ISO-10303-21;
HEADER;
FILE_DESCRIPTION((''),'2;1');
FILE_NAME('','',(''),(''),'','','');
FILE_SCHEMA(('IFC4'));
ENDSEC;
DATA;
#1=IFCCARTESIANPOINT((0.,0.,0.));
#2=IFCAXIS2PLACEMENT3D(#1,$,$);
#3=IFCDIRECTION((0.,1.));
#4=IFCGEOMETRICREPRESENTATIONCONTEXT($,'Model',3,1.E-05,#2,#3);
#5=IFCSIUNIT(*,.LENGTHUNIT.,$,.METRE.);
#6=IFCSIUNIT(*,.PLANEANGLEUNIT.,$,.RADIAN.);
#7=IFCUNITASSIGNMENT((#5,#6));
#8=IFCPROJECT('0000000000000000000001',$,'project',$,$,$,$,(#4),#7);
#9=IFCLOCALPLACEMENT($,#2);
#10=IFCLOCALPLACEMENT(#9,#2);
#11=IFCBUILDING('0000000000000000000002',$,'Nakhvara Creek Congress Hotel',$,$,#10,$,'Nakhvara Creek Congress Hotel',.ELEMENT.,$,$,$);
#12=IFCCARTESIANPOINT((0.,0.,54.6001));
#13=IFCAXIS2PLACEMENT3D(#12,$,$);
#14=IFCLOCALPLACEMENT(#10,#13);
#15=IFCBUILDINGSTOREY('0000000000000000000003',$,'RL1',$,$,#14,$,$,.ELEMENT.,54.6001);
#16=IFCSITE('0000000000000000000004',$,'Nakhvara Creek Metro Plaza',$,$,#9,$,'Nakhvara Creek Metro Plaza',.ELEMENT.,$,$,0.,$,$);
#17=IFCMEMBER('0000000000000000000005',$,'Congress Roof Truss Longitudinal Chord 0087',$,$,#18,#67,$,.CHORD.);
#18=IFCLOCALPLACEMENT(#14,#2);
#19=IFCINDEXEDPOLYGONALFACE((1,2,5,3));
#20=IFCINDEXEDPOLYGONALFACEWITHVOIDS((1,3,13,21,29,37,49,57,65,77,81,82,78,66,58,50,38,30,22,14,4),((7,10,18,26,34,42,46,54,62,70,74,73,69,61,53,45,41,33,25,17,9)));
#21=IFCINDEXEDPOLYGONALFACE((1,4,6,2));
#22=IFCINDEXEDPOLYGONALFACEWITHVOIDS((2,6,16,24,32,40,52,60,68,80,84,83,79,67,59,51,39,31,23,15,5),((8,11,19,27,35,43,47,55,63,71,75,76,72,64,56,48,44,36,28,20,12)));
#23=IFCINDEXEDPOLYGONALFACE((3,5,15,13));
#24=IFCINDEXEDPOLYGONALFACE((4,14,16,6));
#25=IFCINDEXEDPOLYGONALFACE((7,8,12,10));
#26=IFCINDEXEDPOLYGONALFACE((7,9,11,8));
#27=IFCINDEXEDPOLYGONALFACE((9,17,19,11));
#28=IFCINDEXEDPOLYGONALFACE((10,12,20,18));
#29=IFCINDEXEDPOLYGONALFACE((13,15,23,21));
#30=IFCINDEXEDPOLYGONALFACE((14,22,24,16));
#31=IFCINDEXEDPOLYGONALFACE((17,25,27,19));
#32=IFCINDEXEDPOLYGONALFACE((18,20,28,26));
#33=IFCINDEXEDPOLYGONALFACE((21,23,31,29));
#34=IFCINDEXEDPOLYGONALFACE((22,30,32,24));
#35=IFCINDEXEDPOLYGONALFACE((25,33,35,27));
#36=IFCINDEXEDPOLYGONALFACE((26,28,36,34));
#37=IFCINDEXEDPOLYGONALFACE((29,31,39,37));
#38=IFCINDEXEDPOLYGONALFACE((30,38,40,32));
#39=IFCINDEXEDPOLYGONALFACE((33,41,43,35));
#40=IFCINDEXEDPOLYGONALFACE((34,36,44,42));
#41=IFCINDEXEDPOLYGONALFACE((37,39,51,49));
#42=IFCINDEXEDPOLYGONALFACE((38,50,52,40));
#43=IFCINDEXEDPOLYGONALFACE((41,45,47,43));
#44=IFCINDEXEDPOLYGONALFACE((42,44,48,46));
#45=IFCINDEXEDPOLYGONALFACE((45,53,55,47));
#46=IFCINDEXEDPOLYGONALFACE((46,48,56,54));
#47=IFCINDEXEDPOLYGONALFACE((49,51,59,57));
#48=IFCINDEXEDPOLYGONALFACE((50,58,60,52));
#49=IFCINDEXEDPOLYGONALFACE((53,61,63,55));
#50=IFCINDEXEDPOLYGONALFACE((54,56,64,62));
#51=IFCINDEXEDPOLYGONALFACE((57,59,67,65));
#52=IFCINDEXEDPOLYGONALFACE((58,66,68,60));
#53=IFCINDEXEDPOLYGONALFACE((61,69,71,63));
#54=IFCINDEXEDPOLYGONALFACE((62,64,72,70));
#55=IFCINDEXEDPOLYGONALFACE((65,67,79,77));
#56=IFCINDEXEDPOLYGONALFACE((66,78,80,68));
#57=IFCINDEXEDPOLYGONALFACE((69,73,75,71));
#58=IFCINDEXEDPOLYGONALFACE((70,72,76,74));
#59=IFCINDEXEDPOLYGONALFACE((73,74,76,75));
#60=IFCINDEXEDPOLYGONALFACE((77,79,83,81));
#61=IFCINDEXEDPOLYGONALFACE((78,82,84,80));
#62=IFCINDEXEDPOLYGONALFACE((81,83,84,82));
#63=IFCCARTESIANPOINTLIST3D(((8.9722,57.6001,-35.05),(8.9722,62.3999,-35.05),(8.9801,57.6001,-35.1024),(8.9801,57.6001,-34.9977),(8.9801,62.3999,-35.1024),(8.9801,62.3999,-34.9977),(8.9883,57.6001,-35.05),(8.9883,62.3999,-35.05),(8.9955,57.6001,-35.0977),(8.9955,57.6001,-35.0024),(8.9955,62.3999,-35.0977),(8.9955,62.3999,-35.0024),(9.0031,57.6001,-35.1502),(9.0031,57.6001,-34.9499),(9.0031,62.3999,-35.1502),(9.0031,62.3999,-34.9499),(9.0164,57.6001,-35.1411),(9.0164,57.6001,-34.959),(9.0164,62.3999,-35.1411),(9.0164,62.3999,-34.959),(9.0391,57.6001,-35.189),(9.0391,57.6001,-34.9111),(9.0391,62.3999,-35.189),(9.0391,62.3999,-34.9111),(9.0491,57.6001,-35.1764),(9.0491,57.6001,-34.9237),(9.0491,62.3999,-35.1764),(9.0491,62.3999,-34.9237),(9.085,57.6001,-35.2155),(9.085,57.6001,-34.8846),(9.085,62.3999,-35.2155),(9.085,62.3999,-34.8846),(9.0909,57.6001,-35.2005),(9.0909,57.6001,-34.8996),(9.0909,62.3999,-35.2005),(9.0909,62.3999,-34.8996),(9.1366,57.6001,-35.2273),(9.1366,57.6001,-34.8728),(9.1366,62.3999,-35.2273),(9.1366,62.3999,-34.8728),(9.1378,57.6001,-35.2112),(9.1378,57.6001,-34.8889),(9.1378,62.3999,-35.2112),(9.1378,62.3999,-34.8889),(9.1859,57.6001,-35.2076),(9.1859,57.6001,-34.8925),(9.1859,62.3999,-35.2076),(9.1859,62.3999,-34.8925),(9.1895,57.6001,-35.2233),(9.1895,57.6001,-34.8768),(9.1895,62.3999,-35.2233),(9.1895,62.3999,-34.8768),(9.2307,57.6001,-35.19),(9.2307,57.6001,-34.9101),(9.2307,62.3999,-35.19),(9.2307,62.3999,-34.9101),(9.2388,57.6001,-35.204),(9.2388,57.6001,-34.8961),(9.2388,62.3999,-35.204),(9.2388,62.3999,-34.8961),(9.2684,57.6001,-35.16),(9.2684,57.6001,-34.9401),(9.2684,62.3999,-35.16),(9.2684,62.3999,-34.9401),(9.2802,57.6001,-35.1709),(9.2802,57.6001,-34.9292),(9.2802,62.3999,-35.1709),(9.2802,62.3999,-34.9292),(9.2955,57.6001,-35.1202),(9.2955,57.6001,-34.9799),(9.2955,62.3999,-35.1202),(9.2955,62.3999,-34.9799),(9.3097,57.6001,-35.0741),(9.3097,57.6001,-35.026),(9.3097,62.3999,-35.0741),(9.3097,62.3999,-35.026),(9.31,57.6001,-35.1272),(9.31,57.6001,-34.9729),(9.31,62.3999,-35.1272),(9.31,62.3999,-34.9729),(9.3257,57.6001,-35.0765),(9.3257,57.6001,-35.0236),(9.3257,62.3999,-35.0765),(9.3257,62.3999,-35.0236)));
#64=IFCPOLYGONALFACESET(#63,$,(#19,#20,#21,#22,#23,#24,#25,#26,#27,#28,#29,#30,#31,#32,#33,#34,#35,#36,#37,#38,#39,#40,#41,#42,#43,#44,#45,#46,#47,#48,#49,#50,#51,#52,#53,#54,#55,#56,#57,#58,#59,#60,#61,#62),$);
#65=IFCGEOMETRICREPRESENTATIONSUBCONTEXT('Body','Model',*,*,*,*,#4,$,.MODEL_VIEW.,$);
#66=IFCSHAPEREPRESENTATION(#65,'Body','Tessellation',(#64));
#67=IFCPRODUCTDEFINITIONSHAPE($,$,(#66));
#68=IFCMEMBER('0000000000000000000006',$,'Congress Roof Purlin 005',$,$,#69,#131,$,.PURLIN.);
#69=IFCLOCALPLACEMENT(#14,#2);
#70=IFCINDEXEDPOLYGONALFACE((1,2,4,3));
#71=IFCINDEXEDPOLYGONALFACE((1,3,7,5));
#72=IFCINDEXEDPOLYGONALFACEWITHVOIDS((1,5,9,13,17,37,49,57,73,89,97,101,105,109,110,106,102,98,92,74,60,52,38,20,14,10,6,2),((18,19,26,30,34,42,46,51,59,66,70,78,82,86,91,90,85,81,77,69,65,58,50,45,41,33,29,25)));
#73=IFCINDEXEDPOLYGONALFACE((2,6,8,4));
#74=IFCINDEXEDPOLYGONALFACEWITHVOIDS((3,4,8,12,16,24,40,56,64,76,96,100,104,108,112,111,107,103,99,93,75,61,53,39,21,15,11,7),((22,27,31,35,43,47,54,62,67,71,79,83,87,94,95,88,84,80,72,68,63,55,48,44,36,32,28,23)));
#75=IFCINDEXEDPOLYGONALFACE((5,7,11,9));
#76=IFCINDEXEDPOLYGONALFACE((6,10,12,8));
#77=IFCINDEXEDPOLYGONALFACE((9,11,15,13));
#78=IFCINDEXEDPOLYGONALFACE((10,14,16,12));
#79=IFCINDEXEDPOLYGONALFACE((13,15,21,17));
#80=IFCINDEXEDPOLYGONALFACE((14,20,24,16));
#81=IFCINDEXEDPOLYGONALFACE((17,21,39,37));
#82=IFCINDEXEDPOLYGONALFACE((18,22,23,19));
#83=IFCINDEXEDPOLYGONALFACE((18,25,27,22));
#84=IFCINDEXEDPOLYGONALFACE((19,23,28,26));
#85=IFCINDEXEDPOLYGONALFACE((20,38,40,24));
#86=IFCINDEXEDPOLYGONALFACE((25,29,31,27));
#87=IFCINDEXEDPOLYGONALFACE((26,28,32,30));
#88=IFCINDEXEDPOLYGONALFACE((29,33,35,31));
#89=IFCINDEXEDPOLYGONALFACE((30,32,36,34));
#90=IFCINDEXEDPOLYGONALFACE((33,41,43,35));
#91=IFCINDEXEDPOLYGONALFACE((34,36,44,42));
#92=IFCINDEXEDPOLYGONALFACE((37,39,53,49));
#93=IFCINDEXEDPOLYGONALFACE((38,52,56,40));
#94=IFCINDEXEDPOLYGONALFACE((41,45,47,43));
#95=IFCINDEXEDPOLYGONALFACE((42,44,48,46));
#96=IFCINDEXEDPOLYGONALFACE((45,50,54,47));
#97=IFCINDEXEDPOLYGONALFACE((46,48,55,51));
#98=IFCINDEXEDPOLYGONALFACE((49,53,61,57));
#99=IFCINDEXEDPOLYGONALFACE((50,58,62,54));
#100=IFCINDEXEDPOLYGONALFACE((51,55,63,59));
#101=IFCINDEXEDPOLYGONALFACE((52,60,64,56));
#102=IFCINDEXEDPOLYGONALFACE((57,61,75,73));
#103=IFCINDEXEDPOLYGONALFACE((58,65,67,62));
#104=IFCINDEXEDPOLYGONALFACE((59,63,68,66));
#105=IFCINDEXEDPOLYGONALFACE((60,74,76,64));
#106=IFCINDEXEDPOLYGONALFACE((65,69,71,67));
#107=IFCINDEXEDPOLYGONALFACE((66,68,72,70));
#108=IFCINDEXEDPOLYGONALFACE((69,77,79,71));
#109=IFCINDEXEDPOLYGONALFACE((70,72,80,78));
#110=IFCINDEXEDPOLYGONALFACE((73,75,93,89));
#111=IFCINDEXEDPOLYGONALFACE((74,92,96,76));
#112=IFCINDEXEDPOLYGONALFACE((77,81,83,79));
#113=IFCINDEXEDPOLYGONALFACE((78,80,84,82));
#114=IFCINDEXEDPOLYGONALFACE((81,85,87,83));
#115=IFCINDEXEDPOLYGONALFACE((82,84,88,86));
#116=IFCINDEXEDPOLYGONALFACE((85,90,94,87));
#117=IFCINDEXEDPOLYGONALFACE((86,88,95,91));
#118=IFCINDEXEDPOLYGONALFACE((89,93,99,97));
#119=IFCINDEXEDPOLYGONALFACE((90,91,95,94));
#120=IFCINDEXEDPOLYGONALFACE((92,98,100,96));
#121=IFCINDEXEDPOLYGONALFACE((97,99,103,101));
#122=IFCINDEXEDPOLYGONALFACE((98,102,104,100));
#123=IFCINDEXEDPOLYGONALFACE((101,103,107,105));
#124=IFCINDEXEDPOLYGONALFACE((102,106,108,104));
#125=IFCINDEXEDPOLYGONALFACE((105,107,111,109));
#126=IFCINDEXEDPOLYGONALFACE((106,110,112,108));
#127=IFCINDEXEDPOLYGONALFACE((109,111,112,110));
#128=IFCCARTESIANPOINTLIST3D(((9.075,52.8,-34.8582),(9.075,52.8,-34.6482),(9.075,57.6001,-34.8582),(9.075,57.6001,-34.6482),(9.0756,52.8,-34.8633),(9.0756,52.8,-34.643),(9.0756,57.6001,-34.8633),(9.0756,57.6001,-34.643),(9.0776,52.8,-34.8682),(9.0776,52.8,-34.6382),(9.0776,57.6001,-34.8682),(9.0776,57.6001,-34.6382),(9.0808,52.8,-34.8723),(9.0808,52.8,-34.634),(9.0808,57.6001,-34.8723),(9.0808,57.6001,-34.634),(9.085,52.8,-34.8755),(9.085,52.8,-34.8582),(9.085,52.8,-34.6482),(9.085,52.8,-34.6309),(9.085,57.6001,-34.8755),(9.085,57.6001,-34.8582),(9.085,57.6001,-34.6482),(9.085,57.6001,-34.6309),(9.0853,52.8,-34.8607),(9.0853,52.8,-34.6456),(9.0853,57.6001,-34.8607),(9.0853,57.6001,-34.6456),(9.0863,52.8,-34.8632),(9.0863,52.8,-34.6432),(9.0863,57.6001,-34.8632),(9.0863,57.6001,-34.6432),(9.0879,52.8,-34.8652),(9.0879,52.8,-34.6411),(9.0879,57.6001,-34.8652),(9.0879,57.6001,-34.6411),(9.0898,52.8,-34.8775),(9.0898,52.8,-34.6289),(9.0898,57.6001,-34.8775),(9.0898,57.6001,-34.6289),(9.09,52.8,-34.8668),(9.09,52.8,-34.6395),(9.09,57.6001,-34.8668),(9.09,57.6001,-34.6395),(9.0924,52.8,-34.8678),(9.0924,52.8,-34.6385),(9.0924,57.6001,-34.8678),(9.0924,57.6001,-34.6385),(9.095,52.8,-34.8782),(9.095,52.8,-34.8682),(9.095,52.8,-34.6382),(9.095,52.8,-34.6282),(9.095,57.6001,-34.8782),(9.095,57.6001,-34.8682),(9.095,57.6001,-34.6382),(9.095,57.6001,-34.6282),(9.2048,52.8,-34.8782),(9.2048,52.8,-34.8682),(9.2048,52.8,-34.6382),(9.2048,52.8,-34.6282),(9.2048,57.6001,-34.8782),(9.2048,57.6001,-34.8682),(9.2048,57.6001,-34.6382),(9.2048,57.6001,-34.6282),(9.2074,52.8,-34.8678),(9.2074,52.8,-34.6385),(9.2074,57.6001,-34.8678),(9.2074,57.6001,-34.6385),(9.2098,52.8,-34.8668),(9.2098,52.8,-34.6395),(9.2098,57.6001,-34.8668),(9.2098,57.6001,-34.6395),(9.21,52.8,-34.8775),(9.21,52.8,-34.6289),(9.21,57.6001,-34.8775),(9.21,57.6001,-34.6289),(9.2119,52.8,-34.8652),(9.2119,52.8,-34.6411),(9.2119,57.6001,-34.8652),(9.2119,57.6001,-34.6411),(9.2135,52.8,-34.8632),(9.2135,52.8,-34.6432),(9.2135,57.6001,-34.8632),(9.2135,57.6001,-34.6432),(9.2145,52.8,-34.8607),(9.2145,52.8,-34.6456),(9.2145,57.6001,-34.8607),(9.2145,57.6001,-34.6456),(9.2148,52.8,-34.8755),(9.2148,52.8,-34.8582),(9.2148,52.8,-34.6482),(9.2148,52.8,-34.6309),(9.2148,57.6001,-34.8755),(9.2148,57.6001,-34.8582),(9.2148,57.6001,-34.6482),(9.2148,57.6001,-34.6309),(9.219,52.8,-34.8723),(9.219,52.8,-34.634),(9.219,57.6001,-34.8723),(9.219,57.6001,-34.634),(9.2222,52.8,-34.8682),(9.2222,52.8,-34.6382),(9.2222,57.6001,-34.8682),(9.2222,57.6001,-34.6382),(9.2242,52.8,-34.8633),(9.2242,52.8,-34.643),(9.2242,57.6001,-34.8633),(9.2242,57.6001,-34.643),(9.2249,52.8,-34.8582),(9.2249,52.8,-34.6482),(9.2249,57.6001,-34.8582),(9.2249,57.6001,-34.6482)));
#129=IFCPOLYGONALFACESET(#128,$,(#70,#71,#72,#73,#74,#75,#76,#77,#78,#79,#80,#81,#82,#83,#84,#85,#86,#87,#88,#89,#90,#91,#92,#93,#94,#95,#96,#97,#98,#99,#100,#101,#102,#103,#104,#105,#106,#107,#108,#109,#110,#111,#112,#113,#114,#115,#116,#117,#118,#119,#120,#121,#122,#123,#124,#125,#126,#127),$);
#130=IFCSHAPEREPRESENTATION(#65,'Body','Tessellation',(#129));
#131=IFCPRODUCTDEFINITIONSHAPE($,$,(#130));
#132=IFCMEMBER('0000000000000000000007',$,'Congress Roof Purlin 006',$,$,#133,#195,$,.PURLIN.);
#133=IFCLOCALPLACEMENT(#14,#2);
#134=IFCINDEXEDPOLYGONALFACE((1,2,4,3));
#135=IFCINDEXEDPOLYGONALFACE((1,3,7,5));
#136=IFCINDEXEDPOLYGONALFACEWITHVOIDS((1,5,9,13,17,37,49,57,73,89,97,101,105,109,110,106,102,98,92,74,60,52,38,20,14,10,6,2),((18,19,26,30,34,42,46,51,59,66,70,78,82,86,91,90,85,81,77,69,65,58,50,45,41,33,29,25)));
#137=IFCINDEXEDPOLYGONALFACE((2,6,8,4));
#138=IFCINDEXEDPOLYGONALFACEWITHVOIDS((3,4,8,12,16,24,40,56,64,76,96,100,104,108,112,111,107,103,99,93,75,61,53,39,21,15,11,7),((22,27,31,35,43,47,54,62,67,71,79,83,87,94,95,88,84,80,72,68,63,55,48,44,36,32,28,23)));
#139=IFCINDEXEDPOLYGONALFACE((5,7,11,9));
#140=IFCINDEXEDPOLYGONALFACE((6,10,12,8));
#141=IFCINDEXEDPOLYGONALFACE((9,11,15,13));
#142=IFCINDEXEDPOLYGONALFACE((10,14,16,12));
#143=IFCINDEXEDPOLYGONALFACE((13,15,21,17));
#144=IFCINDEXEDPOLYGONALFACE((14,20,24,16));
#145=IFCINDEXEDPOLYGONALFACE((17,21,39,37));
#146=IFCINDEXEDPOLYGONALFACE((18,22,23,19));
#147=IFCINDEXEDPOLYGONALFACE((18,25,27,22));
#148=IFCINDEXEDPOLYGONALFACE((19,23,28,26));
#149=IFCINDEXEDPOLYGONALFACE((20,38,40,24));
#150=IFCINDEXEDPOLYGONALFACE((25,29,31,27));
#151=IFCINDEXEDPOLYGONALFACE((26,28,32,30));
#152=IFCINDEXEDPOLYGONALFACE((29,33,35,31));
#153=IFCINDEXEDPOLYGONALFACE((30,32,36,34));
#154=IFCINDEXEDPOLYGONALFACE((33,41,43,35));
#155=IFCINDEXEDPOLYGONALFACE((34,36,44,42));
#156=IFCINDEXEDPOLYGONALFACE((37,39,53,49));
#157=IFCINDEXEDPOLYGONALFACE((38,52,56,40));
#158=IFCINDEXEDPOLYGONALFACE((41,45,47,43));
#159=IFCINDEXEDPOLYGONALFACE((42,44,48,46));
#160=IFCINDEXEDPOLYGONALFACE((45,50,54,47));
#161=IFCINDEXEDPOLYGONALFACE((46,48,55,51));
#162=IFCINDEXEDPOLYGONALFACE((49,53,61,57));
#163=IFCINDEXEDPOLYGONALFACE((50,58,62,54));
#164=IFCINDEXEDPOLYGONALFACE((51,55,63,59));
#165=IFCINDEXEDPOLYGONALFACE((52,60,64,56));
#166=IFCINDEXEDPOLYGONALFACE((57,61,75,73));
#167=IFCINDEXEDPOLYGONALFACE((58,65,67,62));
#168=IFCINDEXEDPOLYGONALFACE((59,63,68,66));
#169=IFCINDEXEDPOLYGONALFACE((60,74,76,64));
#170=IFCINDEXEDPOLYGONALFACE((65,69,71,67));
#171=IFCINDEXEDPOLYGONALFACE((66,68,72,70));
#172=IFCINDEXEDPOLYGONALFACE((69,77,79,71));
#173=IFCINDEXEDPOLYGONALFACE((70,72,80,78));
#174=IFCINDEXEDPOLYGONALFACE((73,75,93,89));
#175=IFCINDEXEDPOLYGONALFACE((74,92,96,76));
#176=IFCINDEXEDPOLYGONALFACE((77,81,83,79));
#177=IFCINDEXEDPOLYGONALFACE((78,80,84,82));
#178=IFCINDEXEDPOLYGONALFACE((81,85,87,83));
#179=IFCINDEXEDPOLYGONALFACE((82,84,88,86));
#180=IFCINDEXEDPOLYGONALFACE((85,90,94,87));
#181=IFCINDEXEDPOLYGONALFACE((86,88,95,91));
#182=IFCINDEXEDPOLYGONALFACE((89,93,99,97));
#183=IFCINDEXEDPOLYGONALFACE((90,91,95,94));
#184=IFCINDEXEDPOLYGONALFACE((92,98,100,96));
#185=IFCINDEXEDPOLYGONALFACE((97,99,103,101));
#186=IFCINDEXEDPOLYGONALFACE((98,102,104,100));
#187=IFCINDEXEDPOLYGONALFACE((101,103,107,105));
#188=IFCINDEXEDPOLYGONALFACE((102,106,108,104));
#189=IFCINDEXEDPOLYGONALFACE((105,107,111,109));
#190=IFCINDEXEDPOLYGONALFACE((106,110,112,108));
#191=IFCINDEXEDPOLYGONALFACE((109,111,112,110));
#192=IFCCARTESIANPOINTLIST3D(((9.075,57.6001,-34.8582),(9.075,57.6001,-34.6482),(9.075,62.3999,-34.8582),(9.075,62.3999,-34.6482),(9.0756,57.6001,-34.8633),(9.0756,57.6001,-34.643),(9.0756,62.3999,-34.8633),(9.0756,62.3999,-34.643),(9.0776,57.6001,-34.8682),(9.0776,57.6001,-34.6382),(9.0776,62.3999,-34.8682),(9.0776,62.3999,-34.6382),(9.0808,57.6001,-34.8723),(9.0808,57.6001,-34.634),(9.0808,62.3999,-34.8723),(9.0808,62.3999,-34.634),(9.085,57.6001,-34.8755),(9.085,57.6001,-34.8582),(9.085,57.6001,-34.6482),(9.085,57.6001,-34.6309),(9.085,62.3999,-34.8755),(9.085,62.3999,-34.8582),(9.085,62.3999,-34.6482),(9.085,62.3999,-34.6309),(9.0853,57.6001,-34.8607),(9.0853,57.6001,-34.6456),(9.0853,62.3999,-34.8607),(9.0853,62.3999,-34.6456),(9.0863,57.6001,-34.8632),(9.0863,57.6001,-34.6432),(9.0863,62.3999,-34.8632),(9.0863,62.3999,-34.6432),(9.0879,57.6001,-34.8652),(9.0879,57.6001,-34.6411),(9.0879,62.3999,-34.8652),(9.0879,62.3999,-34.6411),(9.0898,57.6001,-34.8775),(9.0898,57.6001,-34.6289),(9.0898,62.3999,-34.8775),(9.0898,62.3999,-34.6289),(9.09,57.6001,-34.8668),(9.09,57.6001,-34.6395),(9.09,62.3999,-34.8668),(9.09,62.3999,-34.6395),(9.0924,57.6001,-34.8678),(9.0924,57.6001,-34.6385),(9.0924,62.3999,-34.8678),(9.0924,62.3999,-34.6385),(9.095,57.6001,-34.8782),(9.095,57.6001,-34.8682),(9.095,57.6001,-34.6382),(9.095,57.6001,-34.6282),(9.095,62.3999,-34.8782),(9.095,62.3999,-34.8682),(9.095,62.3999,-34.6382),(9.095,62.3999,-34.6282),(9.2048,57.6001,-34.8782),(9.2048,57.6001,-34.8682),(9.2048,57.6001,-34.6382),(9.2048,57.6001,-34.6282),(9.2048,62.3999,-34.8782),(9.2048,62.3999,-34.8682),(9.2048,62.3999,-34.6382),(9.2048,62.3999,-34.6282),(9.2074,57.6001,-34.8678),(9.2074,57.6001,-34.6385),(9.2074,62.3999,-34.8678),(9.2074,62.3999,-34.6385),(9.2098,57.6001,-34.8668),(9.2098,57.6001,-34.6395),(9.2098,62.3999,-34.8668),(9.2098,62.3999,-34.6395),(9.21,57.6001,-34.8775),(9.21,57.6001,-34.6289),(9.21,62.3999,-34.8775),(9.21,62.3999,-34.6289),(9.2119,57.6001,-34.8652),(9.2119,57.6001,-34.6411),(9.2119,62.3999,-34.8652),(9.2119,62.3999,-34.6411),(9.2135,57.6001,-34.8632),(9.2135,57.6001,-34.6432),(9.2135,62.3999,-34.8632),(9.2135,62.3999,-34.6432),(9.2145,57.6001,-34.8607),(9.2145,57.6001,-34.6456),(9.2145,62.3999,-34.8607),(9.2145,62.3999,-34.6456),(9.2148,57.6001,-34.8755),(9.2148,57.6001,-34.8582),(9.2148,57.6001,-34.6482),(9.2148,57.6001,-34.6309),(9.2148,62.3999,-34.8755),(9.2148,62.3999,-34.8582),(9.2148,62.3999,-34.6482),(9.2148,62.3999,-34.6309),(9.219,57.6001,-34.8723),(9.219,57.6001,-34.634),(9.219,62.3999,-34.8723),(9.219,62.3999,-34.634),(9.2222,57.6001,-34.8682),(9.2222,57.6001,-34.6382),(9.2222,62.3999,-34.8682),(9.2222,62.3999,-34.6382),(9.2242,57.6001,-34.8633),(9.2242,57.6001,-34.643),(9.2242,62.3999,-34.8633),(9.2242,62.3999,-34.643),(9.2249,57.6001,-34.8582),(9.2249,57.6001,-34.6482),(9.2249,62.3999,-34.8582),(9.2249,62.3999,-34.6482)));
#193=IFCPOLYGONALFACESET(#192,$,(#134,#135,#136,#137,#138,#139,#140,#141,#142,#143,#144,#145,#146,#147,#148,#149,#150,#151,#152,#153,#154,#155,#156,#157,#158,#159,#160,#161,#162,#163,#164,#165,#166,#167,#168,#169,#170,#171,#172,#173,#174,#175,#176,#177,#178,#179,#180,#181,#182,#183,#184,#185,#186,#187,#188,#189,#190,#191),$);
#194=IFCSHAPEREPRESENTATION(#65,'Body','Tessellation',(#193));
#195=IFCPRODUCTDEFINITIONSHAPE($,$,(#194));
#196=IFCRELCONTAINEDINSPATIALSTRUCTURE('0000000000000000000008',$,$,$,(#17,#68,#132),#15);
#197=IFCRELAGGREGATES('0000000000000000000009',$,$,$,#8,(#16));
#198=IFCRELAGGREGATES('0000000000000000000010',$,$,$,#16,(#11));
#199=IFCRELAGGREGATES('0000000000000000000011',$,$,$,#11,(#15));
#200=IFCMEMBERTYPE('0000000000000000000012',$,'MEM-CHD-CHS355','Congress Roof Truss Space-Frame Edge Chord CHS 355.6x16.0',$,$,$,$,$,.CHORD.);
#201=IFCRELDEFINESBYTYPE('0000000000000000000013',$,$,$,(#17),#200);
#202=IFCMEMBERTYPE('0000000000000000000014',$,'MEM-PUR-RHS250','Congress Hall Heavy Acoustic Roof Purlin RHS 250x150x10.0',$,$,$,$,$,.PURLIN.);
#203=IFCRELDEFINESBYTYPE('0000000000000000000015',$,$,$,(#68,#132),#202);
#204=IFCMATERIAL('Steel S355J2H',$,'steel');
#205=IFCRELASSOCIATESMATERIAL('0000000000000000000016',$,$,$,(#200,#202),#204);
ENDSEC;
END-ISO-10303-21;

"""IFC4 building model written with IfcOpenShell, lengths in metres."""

from ifc_helpers import new_model, si_unit, direction, frame, origin, origin_2d, place, context, subcontext, project, spatial, hollow_rectangle, hollow_circle, extrude, material, material_profile, profile_set, type_object, element, save


model = new_model("IFC4")

# Units and contexts
model_context = context("Model", 3, precision=1e-05, world=origin(), true_north=direction((0.0, 1.0)))
body_context = subcontext(model_context, "Body", "Model", "MODEL_VIEW")
ifc_project = project(units=[si_unit("LENGTHUNIT", "METRE"), si_unit("PLANEANGLEUNIT", "RADIAN")], contexts=[model_context])

# Site, building, storey
site_placement = place(None, origin())
site = spatial("IfcSite", under=ifc_project, at=site_placement, Name="Nakhvara Creek Metro Plaza", LongName="Nakhvara Creek Metro Plaza", CompositionType="ELEMENT", RefElevation=0.0)
building_placement = place(site_placement, origin())
building = spatial("IfcBuilding", under=site, at=building_placement, Name="Nakhvara Creek Congress Hotel", LongName="Nakhvara Creek Congress Hotel", CompositionType="ELEMENT")
storey_placement = place(building_placement, frame((0.0, 0.0, 54.6001)))
storey = spatial("IfcBuildingStorey", under=building, at=storey_placement, Name="RL1", CompositionType="ELEMENT", Elevation=54.6001)

# Members
ifc_material_1 = material(Name="Steel S355J2H", Category="steel")
ifc_material_profile_1 = material_profile(ifc_material_1, hollow_circle(Radius=0.1777, WallThickness=0.0161, at=origin_2d()), Name="CHS 355.6x16.0", Category="LoadBearing")
ifc_profile_set_1 = profile_set([ifc_material_profile_1], Name="Steel S355J2H")
member_type_1 = type_object("IfcMemberType", Name="MEM-CHD-CHS355", Description="Congress Roof Truss Space-Frame Edge Chord CHS 355.6x16.0", PredefinedType="CHORD", material=ifc_profile_set_1)
member_1_placement = place(storey_placement, frame((9.1499, 57.6001, -35.05), z_axis=(0.0, 1.0, 0.0), x_axis=(-1.0, 0.0, 0.0)))
element("IfcMember", 1, at=member_1_placement, inside=storey, type_object=member_type_1, Name="Congress Roof Truss Longitudinal Chord 0087", PredefinedType="CHORD", context=body_context, shape_type="SweptSolid", body=[
    extrude(hollow_circle(Radius=0.1777, WallThickness=0.0161, at=origin_2d()), origin(), (0.0, 0.0, 1.0), 4.7998),
])
ifc_material_profile_2 = material_profile(ifc_material_1, hollow_rectangle(XDim=0.1499, YDim=0.25, WallThickness=0.01, InnerFilletRadius=0.01, OuterFilletRadius=0.02, at=origin_2d()), Name="RHS 250x150x10.0", Category="LoadBearing")
ifc_profile_set_2 = profile_set([ifc_material_profile_2], Name="Steel S355J2H")
member_type_2 = type_object("IfcMemberType", Name="MEM-PUR-RHS250", Description="Congress Hall Heavy Acoustic Roof Purlin RHS 250x150x10.0", PredefinedType="PURLIN", material=ifc_profile_set_2)
member_2_placement = place(storey_placement, frame((9.1499, 52.8, -34.7532), z_axis=(0.0, 1.0, 0.0), x_axis=(-1.0, 0.0, 0.0)))
element("IfcMember", 2, at=member_2_placement, inside=storey, type_object=member_type_2, Name="Congress Roof Purlin 005", PredefinedType="PURLIN", context=body_context, shape_type="SweptSolid", body=[
    extrude(hollow_rectangle(XDim=0.1499, YDim=0.25, WallThickness=0.01, InnerFilletRadius=0.01, OuterFilletRadius=0.02, at=origin_2d()), origin(), (0.0, 0.0, 1.0), 4.8),
])
member_3_placement = place(storey_placement, frame((9.1499, 57.6001, -34.7532), z_axis=(0.0, 1.0, 0.0), x_axis=(-1.0, 0.0, 0.0)))
element("IfcMember", 3, at=member_3_placement, inside=storey, type_object=member_type_2, Name="Congress Roof Purlin 006", PredefinedType="PURLIN", context=body_context, shape_type="SweptSolid", body=[
    extrude(hollow_rectangle(XDim=0.1499, YDim=0.25, WallThickness=0.01, InnerFilletRadius=0.01, OuterFilletRadius=0.02, at=origin_2d()), origin(), (0.0, 0.0, 1.0), 4.7998),
])

save(model, "model.ifc")
